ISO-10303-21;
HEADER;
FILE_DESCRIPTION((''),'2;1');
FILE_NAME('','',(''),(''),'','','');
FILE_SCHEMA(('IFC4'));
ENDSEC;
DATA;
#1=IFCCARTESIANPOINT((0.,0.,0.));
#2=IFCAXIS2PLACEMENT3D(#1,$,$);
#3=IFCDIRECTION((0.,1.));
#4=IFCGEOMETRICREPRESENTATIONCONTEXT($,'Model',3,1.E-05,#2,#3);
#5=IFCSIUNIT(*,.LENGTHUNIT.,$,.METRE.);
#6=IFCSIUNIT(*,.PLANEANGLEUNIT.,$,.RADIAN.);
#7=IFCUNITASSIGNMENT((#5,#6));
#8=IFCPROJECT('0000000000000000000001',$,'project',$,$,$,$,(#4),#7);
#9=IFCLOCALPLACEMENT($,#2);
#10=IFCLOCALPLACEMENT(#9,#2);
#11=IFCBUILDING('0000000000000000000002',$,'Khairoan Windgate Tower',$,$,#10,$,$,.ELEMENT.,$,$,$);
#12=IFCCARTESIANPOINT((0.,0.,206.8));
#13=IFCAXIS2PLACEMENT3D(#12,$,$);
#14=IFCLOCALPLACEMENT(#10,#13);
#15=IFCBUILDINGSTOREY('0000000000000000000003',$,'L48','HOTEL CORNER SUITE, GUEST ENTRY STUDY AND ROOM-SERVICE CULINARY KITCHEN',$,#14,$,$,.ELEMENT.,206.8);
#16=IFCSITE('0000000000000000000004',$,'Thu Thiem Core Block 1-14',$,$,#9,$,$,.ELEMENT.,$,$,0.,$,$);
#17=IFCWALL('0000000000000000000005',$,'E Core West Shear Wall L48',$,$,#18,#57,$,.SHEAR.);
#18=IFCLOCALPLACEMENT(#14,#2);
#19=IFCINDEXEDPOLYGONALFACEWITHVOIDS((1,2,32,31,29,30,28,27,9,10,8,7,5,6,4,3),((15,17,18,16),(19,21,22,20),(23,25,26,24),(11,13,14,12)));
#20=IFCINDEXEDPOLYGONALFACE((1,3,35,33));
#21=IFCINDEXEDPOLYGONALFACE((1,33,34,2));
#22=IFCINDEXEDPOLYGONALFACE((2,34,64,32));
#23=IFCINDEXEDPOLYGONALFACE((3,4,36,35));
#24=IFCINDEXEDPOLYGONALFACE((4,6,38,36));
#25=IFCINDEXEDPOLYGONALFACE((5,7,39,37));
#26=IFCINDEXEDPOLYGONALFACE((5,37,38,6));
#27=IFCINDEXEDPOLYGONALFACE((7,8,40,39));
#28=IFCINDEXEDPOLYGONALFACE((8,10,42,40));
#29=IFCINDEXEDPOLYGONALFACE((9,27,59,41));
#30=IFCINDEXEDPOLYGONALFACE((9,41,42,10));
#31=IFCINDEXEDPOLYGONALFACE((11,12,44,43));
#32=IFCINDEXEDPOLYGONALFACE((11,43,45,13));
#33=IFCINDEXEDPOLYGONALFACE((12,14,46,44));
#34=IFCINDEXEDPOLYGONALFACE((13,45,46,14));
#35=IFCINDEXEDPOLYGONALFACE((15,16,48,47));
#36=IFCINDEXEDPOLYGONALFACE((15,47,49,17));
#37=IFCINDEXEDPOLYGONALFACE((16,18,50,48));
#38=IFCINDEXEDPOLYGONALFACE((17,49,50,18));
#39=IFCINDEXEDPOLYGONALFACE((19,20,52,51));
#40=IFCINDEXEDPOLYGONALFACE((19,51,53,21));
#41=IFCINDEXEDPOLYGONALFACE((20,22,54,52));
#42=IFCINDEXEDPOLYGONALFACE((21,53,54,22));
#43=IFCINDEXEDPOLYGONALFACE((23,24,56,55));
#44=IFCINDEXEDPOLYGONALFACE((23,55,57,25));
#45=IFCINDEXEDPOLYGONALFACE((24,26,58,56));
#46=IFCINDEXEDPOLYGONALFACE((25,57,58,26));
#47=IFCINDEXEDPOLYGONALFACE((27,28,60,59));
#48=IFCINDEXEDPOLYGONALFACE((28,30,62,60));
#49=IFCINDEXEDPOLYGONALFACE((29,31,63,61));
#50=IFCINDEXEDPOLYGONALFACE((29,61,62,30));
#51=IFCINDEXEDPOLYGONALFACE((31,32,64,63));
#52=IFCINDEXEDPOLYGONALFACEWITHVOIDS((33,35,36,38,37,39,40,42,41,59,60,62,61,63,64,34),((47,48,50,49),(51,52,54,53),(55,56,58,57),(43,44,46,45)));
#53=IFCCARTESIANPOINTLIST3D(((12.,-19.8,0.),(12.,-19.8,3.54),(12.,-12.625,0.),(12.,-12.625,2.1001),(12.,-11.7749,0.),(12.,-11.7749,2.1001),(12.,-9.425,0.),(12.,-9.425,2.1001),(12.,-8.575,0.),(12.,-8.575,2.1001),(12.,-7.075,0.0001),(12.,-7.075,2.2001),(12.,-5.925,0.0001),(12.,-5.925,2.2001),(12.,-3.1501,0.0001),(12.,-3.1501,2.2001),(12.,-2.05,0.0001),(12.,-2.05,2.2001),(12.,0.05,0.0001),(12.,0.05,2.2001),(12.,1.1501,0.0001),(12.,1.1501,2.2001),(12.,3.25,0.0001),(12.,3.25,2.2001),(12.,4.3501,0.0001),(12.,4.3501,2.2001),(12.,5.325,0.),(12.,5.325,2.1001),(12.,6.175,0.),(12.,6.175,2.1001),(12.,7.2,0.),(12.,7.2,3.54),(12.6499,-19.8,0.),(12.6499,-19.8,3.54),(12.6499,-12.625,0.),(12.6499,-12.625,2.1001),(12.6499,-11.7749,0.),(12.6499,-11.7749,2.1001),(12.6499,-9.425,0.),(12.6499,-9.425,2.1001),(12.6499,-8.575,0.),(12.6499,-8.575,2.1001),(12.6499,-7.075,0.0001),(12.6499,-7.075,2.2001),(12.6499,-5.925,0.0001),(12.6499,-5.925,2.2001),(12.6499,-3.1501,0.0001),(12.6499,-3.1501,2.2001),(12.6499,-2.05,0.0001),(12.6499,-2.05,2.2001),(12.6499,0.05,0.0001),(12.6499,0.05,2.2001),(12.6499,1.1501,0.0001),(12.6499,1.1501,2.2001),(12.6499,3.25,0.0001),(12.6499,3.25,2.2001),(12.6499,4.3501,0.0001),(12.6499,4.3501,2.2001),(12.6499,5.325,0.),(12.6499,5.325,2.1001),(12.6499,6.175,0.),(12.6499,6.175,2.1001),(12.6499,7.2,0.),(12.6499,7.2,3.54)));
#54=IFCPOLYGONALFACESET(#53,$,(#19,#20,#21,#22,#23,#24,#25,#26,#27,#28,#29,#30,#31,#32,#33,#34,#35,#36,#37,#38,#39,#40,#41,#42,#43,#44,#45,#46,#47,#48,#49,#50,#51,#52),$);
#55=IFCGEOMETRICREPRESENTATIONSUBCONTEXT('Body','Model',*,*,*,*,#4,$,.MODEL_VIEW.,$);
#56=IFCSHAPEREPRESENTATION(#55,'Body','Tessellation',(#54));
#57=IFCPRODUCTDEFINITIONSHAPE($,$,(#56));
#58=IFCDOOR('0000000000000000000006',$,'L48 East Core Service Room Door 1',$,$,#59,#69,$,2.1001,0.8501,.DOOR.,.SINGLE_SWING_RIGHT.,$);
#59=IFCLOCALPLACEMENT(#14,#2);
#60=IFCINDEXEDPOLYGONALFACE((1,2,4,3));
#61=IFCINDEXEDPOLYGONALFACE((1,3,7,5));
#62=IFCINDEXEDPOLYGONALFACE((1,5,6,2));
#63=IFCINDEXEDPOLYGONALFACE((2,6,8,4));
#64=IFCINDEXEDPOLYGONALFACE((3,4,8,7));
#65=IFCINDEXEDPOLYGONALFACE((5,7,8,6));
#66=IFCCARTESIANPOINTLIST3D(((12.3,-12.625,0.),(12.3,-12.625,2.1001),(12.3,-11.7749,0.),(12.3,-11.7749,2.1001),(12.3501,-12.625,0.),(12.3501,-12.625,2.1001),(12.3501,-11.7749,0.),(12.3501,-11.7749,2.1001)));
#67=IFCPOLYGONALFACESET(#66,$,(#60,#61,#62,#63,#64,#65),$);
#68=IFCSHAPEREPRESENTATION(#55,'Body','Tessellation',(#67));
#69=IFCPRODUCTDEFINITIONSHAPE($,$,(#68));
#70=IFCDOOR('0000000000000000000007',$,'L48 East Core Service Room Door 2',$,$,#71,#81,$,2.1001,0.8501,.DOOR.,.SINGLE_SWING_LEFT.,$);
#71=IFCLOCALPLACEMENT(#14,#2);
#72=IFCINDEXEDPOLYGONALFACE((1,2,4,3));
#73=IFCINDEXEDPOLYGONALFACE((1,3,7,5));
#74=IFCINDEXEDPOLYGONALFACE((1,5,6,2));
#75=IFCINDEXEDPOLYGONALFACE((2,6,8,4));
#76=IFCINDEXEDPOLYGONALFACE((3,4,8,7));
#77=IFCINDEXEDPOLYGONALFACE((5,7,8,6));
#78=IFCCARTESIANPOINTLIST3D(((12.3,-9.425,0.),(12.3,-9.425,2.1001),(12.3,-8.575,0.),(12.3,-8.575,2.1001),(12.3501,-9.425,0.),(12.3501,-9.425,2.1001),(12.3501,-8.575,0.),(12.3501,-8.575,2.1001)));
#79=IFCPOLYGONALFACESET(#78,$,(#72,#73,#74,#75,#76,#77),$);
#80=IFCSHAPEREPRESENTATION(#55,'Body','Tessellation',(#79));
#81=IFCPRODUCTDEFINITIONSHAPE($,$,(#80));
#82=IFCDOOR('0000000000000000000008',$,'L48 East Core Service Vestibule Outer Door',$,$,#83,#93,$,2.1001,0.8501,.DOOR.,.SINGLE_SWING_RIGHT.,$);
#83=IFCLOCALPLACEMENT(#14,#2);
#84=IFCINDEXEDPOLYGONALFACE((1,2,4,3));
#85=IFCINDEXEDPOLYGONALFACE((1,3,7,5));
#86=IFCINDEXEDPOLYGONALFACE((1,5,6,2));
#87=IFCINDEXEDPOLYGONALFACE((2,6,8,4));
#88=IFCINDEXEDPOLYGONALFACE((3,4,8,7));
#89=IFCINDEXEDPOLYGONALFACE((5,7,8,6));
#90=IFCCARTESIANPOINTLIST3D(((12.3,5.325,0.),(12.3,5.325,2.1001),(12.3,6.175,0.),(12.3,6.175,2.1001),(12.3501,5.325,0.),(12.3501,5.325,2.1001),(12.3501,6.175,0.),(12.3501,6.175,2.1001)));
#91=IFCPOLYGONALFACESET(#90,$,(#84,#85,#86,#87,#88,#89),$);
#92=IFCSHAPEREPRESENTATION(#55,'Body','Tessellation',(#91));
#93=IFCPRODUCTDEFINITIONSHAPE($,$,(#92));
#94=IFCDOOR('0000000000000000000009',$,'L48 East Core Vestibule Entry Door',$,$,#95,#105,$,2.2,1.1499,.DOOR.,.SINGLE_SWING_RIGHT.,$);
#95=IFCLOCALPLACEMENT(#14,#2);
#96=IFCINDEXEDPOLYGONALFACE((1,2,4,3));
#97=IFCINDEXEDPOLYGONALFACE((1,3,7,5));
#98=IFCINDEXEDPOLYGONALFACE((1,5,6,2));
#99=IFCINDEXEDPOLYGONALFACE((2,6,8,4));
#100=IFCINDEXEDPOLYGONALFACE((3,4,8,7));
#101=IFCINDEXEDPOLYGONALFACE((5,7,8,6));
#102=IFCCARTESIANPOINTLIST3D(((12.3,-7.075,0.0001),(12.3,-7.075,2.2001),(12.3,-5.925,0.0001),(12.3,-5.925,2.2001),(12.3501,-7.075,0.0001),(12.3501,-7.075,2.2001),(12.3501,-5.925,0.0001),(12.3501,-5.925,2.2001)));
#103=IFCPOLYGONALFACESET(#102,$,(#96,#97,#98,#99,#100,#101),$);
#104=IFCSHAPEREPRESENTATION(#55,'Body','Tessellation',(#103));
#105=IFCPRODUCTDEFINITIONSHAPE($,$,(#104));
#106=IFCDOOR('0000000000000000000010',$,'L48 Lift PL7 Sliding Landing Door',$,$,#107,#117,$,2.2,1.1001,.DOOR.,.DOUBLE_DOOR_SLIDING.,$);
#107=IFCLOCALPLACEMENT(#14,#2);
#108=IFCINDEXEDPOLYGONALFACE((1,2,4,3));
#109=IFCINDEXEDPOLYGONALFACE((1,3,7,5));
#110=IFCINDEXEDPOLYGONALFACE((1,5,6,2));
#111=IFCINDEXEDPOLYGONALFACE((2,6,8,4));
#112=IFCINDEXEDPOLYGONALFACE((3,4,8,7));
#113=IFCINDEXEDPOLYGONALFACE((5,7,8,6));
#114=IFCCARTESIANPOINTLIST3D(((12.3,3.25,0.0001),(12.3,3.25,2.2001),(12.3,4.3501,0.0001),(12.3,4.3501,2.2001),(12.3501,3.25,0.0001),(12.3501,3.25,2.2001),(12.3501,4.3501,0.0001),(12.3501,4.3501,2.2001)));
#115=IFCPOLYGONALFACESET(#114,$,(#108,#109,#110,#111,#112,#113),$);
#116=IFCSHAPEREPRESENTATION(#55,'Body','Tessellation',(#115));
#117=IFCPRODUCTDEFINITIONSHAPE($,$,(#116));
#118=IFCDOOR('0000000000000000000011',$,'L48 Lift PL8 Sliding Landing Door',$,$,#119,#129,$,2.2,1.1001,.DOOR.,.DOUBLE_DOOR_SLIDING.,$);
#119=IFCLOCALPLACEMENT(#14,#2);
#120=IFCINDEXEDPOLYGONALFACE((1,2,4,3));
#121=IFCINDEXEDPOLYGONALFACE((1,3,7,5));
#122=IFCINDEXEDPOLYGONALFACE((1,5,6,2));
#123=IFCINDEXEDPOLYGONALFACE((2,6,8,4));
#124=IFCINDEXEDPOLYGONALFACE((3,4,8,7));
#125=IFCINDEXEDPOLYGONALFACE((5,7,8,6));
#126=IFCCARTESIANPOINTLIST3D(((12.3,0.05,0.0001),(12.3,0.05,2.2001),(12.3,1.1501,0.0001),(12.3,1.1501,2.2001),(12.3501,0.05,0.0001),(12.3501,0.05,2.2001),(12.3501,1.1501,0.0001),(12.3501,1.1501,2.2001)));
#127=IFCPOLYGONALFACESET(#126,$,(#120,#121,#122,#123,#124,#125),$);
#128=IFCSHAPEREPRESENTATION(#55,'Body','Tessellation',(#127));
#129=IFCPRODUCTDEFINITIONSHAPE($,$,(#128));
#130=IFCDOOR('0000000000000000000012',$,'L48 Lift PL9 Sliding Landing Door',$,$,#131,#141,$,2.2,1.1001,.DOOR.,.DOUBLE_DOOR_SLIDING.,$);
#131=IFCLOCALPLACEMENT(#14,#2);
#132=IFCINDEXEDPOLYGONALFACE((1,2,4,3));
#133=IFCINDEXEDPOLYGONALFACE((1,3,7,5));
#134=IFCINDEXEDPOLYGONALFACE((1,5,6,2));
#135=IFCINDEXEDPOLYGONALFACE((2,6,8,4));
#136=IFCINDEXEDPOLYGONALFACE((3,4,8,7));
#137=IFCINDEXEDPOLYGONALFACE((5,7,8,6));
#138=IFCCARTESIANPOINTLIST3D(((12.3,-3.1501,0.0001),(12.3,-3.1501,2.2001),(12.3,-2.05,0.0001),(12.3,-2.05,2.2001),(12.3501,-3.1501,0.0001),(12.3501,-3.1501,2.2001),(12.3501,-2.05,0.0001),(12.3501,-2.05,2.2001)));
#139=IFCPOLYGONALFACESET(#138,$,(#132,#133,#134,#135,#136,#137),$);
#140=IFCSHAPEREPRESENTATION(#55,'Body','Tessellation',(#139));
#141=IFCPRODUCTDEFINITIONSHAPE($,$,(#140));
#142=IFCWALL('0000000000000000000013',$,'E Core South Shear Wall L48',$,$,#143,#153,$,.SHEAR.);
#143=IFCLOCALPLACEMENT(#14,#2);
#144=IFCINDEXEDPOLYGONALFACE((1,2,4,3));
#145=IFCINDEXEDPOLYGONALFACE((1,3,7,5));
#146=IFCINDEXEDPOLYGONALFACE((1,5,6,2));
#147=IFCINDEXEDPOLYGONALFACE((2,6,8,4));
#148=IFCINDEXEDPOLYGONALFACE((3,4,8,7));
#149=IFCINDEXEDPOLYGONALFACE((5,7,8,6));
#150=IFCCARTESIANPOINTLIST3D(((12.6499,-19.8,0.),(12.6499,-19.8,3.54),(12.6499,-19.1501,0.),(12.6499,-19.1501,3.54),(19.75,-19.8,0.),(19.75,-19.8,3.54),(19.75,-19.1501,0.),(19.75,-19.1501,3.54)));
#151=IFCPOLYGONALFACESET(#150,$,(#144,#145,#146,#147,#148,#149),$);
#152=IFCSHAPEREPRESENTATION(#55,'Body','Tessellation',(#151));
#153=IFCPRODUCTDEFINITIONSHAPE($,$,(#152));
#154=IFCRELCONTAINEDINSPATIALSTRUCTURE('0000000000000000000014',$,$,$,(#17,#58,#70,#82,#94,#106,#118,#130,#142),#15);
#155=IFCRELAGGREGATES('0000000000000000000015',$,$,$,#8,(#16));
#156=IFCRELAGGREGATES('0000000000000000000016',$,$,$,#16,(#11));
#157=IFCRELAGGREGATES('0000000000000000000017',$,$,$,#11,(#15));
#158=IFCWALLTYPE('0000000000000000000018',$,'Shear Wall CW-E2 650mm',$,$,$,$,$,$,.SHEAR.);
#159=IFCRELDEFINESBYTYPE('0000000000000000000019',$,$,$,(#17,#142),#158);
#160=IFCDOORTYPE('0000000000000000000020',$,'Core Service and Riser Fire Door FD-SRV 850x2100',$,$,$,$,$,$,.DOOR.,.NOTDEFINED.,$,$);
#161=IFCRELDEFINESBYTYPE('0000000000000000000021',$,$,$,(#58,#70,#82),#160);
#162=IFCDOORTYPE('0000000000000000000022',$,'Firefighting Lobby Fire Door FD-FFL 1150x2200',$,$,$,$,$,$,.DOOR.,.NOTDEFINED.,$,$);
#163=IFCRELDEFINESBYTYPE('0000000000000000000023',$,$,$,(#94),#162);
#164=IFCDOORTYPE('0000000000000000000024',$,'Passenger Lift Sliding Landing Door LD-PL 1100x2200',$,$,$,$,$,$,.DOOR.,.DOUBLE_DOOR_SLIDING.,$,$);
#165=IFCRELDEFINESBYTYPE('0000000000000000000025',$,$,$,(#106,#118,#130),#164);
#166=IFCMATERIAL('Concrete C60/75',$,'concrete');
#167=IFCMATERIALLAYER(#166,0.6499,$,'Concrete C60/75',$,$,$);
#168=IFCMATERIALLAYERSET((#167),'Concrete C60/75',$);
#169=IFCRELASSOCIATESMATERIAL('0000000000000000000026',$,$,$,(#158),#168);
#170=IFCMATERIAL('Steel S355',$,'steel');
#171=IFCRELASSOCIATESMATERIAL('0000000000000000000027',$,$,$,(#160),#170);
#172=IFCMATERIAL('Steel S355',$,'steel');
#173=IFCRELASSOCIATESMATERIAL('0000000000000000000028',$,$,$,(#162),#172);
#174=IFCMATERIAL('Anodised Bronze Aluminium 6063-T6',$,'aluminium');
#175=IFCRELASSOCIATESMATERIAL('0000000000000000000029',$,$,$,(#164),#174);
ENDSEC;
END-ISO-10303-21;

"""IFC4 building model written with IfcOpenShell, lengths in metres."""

from ifc_helpers import new_model, si_unit, direction, frame, frame_2d, origin, place, context, subcontext, project, spatial, rectangle, extrude, material, layer, layer_set, type_object, element, fill, save


model = new_model("IFC4")

# Units and contexts
model_context = context("Model", 3, precision=1e-05, world=origin(), true_north=direction((0.0, 1.0)))
body_context = subcontext(model_context, "Body", "Model", "MODEL_VIEW")
ifc_project = project(units=[si_unit("LENGTHUNIT", "METRE"), si_unit("PLANEANGLEUNIT", "RADIAN")], contexts=[model_context])

# Site, building, storey
site_placement = place(None, origin())
site = spatial("IfcSite", under=ifc_project, at=site_placement, Name="Thu Thiem Core Block 1-14", CompositionType="ELEMENT", RefElevation=0.0)
building_placement = place(site_placement, origin())
building = spatial("IfcBuilding", under=site, at=building_placement, Name="Khairoan Windgate Tower", CompositionType="ELEMENT")
storey_placement = place(building_placement, frame((0.0, 0.0, 206.8)))
storey = spatial("IfcBuildingStorey", under=building, at=storey_placement, Name="L48", Description="HOTEL CORNER SUITE, GUEST ENTRY STUDY AND ROOM-SERVICE CULINARY KITCHEN", CompositionType="ELEMENT", Elevation=206.8)

# Wall, openings, doors
ifc_material_1 = material(Name="Concrete C60/75", Category="concrete")
ifc_layer_1 = layer(ifc_material_1, 0.6499, Name="Concrete C60/75")
ifc_layer_set_1 = layer_set([ifc_layer_1], Name="Concrete C60/75")
wall_type_1 = type_object("IfcWallType", Name="Shear Wall CW-E2 650mm", PredefinedType="SHEAR", material=ifc_layer_set_1)
wall_1_placement = place(storey_placement, frame((12.325, -19.8, 0.0), z_axis=(0.0, 0.0, 1.0), x_axis=(0.0, 1.0, 0.0)))
wall_1 = element("IfcWall", 1, at=wall_1_placement, inside=storey, type_object=wall_type_1, Name="E Core West Shear Wall L48", PredefinedType="SHEAR", context=body_context, shape_type="SweptSolid", body=[
    extrude(rectangle(XDim=27.0, YDim=0.6499, at=frame_2d((13.5, 0.0))), origin(), (0.0, 0.0, 1.0), 3.54),
])
opening_1_placement = place(wall_1_placement, frame((23.05, 0.0, 0.0)))
opening_1 = element("IfcOpeningElement", 2, at=opening_1_placement, cuts=wall_1, PredefinedType="OPENING", context=body_context, shape_type="SweptSolid", body=[
    extrude(rectangle(XDim=1.1001, YDim=2.2, at=frame_2d((0.55, 1.1001))), frame((0.0, 0.335, 0.0), z_axis=(0.0, -1.0, 0.0), x_axis=(1.0, 0.0, 0.0)), (0.0, 0.0, 1.0), 0.6699),
])
opening_2_placement = place(wall_1_placement, frame((19.8501, 0.0, 0.0)))
opening_2 = element("IfcOpeningElement", 3, at=opening_2_placement, cuts=wall_1, PredefinedType="OPENING", context=body_context, shape_type="SweptSolid", body=[
    extrude(rectangle(XDim=1.1001, YDim=2.2, at=frame_2d((0.55, 1.1001))), frame((0.0, 0.335, 0.0), z_axis=(0.0, -1.0, 0.0), x_axis=(1.0, 0.0, 0.0)), (0.0, 0.0, 1.0), 0.6699),
])
opening_3_placement = place(wall_1_placement, frame((16.6499, 0.0, 0.0)))
opening_3 = element("IfcOpeningElement", 4, at=opening_3_placement, cuts=wall_1, PredefinedType="OPENING", context=body_context, shape_type="SweptSolid", body=[
    extrude(rectangle(XDim=1.1001, YDim=2.2, at=frame_2d((0.55, 1.1001))), frame((0.0, 0.335, 0.0), z_axis=(0.0, -1.0, 0.0), x_axis=(1.0, 0.0, 0.0)), (0.0, 0.0, 1.0), 0.6699),
])
opening_4_placement = place(wall_1_placement, frame((7.175, 0.0, 0.0)))
opening_4 = element("IfcOpeningElement", 5, at=opening_4_placement, cuts=wall_1, PredefinedType="OPENING", context=body_context, shape_type="SweptSolid", body=[
    extrude(rectangle(XDim=0.8501, YDim=2.1001, at=frame_2d((0.425, 1.05))), frame((0.0, 0.335, 0.0), z_axis=(0.0, -1.0, 0.0), x_axis=(1.0, 0.0, 0.0)), (0.0, 0.0, 1.0), 0.6699),
])
opening_5_placement = place(wall_1_placement, frame((10.375, 0.0, 0.0)))
opening_5 = element("IfcOpeningElement", 6, at=opening_5_placement, cuts=wall_1, PredefinedType="OPENING", context=body_context, shape_type="SweptSolid", body=[
    extrude(rectangle(XDim=0.8501, YDim=2.1001, at=frame_2d((0.425, 1.05))), frame((0.0, 0.335, 0.0), z_axis=(0.0, -1.0, 0.0), x_axis=(1.0, 0.0, 0.0)), (0.0, 0.0, 1.0), 0.6699),
])
opening_6_placement = place(wall_1_placement, frame((12.7251, 0.0, 0.0)))
opening_6 = element("IfcOpeningElement", 7, at=opening_6_placement, cuts=wall_1, PredefinedType="OPENING", context=body_context, shape_type="SweptSolid", body=[
    extrude(rectangle(XDim=1.1499, YDim=2.2, at=frame_2d((0.575, 1.1001))), frame((0.0, 0.335, 0.0), z_axis=(0.0, -1.0, 0.0), x_axis=(1.0, 0.0, 0.0)), (0.0, 0.0, 1.0), 0.6699),
])
opening_7_placement = place(wall_1_placement, frame((25.125, 0.0, 0.0)))
opening_7 = element("IfcOpeningElement", 8, at=opening_7_placement, cuts=wall_1, PredefinedType="OPENING", context=body_context, shape_type="SweptSolid", body=[
    extrude(rectangle(XDim=0.8501, YDim=2.1001, at=frame_2d((0.425, 1.05))), frame((0.0, 0.335, 0.0), z_axis=(0.0, -1.0, 0.0), x_axis=(1.0, 0.0, 0.0)), (0.0, 0.0, 1.0), 0.6699),
])
ifc_material_2 = material(Name="Steel S355", Category="steel")
door_type_1 = type_object("IfcDoorType", Name="Core Service and Riser Fire Door FD-SRV 850x2100", OperationType="NOTDEFINED", PredefinedType="DOOR", material=ifc_material_2)
door_1_placement = place(opening_4_placement, origin())
door_1 = element("IfcDoor", 9, at=door_1_placement, inside=storey, type_object=door_type_1, Name="L48 East Core Service Room Door 1", OperationType="SINGLE_SWING_RIGHT", OverallHeight=2.1001, OverallWidth=0.8501, PredefinedType="DOOR", context=body_context, shape_type="SweptSolid", body=[
    extrude(rectangle(XDim=0.8501, YDim=2.1001, at=frame_2d((0.425, 1.05))), frame((0.0, 0.0249, 0.0), z_axis=(0.0, -1.0, 0.0), x_axis=(1.0, 0.0, 0.0)), (0.0, 0.0, 1.0), 0.05),
])
fill(opening_4, door_1)
door_2_placement = place(opening_5_placement, origin())
door_2 = element("IfcDoor", 10, at=door_2_placement, inside=storey, type_object=door_type_1, Name="L48 East Core Service Room Door 2", OperationType="SINGLE_SWING_LEFT", OverallHeight=2.1001, OverallWidth=0.8501, PredefinedType="DOOR", context=body_context, shape_type="SweptSolid", body=[
    extrude(rectangle(XDim=0.8501, YDim=2.1001, at=frame_2d((0.425, 1.05))), frame((0.0, 0.0249, 0.0), z_axis=(0.0, -1.0, 0.0), x_axis=(1.0, 0.0, 0.0)), (0.0, 0.0, 1.0), 0.05),
])
fill(opening_5, door_2)
door_3_placement = place(opening_7_placement, origin())
door_3 = element("IfcDoor", 11, at=door_3_placement, inside=storey, type_object=door_type_1, Name="L48 East Core Service Vestibule Outer Door", OperationType="SINGLE_SWING_RIGHT", OverallHeight=2.1001, OverallWidth=0.8501, PredefinedType="DOOR", context=body_context, shape_type="SweptSolid", body=[
    extrude(rectangle(XDim=0.8501, YDim=2.1001, at=frame_2d((0.425, 1.05))), frame((0.0, 0.0249, 0.0), z_axis=(0.0, -1.0, 0.0), x_axis=(1.0, 0.0, 0.0)), (0.0, 0.0, 1.0), 0.05),
])
fill(opening_7, door_3)
ifc_material_3 = material(Name="Steel S355", Category="steel")
door_type_2 = type_object("IfcDoorType", Name="Firefighting Lobby Fire Door FD-FFL 1150x2200", OperationType="NOTDEFINED", PredefinedType="DOOR", material=ifc_material_3)
door_4_placement = place(opening_6_placement, origin())
door_4 = element("IfcDoor", 12, at=door_4_placement, inside=storey, type_object=door_type_2, Name="L48 East Core Vestibule Entry Door", OperationType="SINGLE_SWING_RIGHT", OverallHeight=2.2, OverallWidth=1.1499, PredefinedType="DOOR", context=body_context, shape_type="SweptSolid", body=[
    extrude(rectangle(XDim=1.1499, YDim=2.2, at=frame_2d((0.575, 1.1001))), frame((0.0, 0.0249, 0.0), z_axis=(0.0, -1.0, 0.0), x_axis=(1.0, 0.0, 0.0)), (0.0, 0.0, 1.0), 0.05),
])
fill(opening_6, door_4)
ifc_material_4 = material(Name="Anodised Bronze Aluminium 6063-T6", Category="aluminium")
door_type_3 = type_object("IfcDoorType", Name="Passenger Lift Sliding Landing Door LD-PL 1100x2200", OperationType="DOUBLE_DOOR_SLIDING", PredefinedType="DOOR", material=ifc_material_4)
door_5_placement = place(opening_1_placement, origin())
door_5 = element("IfcDoor", 13, at=door_5_placement, inside=storey, type_object=door_type_3, Name="L48 Lift PL7 Sliding Landing Door", OperationType="DOUBLE_DOOR_SLIDING", OverallHeight=2.2, OverallWidth=1.1001, PredefinedType="DOOR", context=body_context, shape_type="SweptSolid", body=[
    extrude(rectangle(XDim=1.1001, YDim=2.2, at=frame_2d((0.55, 1.1001))), frame((0.0, 0.0249, 0.0), z_axis=(0.0, -1.0, 0.0), x_axis=(1.0, 0.0, 0.0)), (0.0, 0.0, 1.0), 0.05),
])
fill(opening_1, door_5)
door_6_placement = place(opening_2_placement, origin())
door_6 = element("IfcDoor", 14, at=door_6_placement, inside=storey, type_object=door_type_3, Name="L48 Lift PL8 Sliding Landing Door", OperationType="DOUBLE_DOOR_SLIDING", OverallHeight=2.2, OverallWidth=1.1001, PredefinedType="DOOR", context=body_context, shape_type="SweptSolid", body=[
    extrude(rectangle(XDim=1.1001, YDim=2.2, at=frame_2d((0.55, 1.1001))), frame((0.0, 0.0249, 0.0), z_axis=(0.0, -1.0, 0.0), x_axis=(1.0, 0.0, 0.0)), (0.0, 0.0, 1.0), 0.05),
])
fill(opening_2, door_6)
door_7_placement = place(opening_3_placement, origin())
door_7 = element("IfcDoor", 15, at=door_7_placement, inside=storey, type_object=door_type_3, Name="L48 Lift PL9 Sliding Landing Door", OperationType="DOUBLE_DOOR_SLIDING", OverallHeight=2.2, OverallWidth=1.1001, PredefinedType="DOOR", context=body_context, shape_type="SweptSolid", body=[
    extrude(rectangle(XDim=1.1001, YDim=2.2, at=frame_2d((0.55, 1.1001))), frame((0.0, 0.0249, 0.0), z_axis=(0.0, -1.0, 0.0), x_axis=(1.0, 0.0, 0.0)), (0.0, 0.0, 1.0), 0.05),
])
fill(opening_3, door_7)

# Wall
wall_2_placement = place(storey_placement, frame((12.6499, -19.4751, 0.0), z_axis=(0.0, 0.0, 1.0), x_axis=(1.0, 0.0, 0.0)))
element("IfcWall", 16, at=wall_2_placement, inside=storey, type_object=wall_type_1, Name="E Core South Shear Wall L48", PredefinedType="SHEAR", context=body_context, shape_type="SweptSolid", body=[
    extrude(rectangle(XDim=7.1001, YDim=0.6499, at=frame_2d((3.55, 0.0))), origin(), (0.0, 0.0, 1.0), 3.54),
])

save(model, "model.ifc")
